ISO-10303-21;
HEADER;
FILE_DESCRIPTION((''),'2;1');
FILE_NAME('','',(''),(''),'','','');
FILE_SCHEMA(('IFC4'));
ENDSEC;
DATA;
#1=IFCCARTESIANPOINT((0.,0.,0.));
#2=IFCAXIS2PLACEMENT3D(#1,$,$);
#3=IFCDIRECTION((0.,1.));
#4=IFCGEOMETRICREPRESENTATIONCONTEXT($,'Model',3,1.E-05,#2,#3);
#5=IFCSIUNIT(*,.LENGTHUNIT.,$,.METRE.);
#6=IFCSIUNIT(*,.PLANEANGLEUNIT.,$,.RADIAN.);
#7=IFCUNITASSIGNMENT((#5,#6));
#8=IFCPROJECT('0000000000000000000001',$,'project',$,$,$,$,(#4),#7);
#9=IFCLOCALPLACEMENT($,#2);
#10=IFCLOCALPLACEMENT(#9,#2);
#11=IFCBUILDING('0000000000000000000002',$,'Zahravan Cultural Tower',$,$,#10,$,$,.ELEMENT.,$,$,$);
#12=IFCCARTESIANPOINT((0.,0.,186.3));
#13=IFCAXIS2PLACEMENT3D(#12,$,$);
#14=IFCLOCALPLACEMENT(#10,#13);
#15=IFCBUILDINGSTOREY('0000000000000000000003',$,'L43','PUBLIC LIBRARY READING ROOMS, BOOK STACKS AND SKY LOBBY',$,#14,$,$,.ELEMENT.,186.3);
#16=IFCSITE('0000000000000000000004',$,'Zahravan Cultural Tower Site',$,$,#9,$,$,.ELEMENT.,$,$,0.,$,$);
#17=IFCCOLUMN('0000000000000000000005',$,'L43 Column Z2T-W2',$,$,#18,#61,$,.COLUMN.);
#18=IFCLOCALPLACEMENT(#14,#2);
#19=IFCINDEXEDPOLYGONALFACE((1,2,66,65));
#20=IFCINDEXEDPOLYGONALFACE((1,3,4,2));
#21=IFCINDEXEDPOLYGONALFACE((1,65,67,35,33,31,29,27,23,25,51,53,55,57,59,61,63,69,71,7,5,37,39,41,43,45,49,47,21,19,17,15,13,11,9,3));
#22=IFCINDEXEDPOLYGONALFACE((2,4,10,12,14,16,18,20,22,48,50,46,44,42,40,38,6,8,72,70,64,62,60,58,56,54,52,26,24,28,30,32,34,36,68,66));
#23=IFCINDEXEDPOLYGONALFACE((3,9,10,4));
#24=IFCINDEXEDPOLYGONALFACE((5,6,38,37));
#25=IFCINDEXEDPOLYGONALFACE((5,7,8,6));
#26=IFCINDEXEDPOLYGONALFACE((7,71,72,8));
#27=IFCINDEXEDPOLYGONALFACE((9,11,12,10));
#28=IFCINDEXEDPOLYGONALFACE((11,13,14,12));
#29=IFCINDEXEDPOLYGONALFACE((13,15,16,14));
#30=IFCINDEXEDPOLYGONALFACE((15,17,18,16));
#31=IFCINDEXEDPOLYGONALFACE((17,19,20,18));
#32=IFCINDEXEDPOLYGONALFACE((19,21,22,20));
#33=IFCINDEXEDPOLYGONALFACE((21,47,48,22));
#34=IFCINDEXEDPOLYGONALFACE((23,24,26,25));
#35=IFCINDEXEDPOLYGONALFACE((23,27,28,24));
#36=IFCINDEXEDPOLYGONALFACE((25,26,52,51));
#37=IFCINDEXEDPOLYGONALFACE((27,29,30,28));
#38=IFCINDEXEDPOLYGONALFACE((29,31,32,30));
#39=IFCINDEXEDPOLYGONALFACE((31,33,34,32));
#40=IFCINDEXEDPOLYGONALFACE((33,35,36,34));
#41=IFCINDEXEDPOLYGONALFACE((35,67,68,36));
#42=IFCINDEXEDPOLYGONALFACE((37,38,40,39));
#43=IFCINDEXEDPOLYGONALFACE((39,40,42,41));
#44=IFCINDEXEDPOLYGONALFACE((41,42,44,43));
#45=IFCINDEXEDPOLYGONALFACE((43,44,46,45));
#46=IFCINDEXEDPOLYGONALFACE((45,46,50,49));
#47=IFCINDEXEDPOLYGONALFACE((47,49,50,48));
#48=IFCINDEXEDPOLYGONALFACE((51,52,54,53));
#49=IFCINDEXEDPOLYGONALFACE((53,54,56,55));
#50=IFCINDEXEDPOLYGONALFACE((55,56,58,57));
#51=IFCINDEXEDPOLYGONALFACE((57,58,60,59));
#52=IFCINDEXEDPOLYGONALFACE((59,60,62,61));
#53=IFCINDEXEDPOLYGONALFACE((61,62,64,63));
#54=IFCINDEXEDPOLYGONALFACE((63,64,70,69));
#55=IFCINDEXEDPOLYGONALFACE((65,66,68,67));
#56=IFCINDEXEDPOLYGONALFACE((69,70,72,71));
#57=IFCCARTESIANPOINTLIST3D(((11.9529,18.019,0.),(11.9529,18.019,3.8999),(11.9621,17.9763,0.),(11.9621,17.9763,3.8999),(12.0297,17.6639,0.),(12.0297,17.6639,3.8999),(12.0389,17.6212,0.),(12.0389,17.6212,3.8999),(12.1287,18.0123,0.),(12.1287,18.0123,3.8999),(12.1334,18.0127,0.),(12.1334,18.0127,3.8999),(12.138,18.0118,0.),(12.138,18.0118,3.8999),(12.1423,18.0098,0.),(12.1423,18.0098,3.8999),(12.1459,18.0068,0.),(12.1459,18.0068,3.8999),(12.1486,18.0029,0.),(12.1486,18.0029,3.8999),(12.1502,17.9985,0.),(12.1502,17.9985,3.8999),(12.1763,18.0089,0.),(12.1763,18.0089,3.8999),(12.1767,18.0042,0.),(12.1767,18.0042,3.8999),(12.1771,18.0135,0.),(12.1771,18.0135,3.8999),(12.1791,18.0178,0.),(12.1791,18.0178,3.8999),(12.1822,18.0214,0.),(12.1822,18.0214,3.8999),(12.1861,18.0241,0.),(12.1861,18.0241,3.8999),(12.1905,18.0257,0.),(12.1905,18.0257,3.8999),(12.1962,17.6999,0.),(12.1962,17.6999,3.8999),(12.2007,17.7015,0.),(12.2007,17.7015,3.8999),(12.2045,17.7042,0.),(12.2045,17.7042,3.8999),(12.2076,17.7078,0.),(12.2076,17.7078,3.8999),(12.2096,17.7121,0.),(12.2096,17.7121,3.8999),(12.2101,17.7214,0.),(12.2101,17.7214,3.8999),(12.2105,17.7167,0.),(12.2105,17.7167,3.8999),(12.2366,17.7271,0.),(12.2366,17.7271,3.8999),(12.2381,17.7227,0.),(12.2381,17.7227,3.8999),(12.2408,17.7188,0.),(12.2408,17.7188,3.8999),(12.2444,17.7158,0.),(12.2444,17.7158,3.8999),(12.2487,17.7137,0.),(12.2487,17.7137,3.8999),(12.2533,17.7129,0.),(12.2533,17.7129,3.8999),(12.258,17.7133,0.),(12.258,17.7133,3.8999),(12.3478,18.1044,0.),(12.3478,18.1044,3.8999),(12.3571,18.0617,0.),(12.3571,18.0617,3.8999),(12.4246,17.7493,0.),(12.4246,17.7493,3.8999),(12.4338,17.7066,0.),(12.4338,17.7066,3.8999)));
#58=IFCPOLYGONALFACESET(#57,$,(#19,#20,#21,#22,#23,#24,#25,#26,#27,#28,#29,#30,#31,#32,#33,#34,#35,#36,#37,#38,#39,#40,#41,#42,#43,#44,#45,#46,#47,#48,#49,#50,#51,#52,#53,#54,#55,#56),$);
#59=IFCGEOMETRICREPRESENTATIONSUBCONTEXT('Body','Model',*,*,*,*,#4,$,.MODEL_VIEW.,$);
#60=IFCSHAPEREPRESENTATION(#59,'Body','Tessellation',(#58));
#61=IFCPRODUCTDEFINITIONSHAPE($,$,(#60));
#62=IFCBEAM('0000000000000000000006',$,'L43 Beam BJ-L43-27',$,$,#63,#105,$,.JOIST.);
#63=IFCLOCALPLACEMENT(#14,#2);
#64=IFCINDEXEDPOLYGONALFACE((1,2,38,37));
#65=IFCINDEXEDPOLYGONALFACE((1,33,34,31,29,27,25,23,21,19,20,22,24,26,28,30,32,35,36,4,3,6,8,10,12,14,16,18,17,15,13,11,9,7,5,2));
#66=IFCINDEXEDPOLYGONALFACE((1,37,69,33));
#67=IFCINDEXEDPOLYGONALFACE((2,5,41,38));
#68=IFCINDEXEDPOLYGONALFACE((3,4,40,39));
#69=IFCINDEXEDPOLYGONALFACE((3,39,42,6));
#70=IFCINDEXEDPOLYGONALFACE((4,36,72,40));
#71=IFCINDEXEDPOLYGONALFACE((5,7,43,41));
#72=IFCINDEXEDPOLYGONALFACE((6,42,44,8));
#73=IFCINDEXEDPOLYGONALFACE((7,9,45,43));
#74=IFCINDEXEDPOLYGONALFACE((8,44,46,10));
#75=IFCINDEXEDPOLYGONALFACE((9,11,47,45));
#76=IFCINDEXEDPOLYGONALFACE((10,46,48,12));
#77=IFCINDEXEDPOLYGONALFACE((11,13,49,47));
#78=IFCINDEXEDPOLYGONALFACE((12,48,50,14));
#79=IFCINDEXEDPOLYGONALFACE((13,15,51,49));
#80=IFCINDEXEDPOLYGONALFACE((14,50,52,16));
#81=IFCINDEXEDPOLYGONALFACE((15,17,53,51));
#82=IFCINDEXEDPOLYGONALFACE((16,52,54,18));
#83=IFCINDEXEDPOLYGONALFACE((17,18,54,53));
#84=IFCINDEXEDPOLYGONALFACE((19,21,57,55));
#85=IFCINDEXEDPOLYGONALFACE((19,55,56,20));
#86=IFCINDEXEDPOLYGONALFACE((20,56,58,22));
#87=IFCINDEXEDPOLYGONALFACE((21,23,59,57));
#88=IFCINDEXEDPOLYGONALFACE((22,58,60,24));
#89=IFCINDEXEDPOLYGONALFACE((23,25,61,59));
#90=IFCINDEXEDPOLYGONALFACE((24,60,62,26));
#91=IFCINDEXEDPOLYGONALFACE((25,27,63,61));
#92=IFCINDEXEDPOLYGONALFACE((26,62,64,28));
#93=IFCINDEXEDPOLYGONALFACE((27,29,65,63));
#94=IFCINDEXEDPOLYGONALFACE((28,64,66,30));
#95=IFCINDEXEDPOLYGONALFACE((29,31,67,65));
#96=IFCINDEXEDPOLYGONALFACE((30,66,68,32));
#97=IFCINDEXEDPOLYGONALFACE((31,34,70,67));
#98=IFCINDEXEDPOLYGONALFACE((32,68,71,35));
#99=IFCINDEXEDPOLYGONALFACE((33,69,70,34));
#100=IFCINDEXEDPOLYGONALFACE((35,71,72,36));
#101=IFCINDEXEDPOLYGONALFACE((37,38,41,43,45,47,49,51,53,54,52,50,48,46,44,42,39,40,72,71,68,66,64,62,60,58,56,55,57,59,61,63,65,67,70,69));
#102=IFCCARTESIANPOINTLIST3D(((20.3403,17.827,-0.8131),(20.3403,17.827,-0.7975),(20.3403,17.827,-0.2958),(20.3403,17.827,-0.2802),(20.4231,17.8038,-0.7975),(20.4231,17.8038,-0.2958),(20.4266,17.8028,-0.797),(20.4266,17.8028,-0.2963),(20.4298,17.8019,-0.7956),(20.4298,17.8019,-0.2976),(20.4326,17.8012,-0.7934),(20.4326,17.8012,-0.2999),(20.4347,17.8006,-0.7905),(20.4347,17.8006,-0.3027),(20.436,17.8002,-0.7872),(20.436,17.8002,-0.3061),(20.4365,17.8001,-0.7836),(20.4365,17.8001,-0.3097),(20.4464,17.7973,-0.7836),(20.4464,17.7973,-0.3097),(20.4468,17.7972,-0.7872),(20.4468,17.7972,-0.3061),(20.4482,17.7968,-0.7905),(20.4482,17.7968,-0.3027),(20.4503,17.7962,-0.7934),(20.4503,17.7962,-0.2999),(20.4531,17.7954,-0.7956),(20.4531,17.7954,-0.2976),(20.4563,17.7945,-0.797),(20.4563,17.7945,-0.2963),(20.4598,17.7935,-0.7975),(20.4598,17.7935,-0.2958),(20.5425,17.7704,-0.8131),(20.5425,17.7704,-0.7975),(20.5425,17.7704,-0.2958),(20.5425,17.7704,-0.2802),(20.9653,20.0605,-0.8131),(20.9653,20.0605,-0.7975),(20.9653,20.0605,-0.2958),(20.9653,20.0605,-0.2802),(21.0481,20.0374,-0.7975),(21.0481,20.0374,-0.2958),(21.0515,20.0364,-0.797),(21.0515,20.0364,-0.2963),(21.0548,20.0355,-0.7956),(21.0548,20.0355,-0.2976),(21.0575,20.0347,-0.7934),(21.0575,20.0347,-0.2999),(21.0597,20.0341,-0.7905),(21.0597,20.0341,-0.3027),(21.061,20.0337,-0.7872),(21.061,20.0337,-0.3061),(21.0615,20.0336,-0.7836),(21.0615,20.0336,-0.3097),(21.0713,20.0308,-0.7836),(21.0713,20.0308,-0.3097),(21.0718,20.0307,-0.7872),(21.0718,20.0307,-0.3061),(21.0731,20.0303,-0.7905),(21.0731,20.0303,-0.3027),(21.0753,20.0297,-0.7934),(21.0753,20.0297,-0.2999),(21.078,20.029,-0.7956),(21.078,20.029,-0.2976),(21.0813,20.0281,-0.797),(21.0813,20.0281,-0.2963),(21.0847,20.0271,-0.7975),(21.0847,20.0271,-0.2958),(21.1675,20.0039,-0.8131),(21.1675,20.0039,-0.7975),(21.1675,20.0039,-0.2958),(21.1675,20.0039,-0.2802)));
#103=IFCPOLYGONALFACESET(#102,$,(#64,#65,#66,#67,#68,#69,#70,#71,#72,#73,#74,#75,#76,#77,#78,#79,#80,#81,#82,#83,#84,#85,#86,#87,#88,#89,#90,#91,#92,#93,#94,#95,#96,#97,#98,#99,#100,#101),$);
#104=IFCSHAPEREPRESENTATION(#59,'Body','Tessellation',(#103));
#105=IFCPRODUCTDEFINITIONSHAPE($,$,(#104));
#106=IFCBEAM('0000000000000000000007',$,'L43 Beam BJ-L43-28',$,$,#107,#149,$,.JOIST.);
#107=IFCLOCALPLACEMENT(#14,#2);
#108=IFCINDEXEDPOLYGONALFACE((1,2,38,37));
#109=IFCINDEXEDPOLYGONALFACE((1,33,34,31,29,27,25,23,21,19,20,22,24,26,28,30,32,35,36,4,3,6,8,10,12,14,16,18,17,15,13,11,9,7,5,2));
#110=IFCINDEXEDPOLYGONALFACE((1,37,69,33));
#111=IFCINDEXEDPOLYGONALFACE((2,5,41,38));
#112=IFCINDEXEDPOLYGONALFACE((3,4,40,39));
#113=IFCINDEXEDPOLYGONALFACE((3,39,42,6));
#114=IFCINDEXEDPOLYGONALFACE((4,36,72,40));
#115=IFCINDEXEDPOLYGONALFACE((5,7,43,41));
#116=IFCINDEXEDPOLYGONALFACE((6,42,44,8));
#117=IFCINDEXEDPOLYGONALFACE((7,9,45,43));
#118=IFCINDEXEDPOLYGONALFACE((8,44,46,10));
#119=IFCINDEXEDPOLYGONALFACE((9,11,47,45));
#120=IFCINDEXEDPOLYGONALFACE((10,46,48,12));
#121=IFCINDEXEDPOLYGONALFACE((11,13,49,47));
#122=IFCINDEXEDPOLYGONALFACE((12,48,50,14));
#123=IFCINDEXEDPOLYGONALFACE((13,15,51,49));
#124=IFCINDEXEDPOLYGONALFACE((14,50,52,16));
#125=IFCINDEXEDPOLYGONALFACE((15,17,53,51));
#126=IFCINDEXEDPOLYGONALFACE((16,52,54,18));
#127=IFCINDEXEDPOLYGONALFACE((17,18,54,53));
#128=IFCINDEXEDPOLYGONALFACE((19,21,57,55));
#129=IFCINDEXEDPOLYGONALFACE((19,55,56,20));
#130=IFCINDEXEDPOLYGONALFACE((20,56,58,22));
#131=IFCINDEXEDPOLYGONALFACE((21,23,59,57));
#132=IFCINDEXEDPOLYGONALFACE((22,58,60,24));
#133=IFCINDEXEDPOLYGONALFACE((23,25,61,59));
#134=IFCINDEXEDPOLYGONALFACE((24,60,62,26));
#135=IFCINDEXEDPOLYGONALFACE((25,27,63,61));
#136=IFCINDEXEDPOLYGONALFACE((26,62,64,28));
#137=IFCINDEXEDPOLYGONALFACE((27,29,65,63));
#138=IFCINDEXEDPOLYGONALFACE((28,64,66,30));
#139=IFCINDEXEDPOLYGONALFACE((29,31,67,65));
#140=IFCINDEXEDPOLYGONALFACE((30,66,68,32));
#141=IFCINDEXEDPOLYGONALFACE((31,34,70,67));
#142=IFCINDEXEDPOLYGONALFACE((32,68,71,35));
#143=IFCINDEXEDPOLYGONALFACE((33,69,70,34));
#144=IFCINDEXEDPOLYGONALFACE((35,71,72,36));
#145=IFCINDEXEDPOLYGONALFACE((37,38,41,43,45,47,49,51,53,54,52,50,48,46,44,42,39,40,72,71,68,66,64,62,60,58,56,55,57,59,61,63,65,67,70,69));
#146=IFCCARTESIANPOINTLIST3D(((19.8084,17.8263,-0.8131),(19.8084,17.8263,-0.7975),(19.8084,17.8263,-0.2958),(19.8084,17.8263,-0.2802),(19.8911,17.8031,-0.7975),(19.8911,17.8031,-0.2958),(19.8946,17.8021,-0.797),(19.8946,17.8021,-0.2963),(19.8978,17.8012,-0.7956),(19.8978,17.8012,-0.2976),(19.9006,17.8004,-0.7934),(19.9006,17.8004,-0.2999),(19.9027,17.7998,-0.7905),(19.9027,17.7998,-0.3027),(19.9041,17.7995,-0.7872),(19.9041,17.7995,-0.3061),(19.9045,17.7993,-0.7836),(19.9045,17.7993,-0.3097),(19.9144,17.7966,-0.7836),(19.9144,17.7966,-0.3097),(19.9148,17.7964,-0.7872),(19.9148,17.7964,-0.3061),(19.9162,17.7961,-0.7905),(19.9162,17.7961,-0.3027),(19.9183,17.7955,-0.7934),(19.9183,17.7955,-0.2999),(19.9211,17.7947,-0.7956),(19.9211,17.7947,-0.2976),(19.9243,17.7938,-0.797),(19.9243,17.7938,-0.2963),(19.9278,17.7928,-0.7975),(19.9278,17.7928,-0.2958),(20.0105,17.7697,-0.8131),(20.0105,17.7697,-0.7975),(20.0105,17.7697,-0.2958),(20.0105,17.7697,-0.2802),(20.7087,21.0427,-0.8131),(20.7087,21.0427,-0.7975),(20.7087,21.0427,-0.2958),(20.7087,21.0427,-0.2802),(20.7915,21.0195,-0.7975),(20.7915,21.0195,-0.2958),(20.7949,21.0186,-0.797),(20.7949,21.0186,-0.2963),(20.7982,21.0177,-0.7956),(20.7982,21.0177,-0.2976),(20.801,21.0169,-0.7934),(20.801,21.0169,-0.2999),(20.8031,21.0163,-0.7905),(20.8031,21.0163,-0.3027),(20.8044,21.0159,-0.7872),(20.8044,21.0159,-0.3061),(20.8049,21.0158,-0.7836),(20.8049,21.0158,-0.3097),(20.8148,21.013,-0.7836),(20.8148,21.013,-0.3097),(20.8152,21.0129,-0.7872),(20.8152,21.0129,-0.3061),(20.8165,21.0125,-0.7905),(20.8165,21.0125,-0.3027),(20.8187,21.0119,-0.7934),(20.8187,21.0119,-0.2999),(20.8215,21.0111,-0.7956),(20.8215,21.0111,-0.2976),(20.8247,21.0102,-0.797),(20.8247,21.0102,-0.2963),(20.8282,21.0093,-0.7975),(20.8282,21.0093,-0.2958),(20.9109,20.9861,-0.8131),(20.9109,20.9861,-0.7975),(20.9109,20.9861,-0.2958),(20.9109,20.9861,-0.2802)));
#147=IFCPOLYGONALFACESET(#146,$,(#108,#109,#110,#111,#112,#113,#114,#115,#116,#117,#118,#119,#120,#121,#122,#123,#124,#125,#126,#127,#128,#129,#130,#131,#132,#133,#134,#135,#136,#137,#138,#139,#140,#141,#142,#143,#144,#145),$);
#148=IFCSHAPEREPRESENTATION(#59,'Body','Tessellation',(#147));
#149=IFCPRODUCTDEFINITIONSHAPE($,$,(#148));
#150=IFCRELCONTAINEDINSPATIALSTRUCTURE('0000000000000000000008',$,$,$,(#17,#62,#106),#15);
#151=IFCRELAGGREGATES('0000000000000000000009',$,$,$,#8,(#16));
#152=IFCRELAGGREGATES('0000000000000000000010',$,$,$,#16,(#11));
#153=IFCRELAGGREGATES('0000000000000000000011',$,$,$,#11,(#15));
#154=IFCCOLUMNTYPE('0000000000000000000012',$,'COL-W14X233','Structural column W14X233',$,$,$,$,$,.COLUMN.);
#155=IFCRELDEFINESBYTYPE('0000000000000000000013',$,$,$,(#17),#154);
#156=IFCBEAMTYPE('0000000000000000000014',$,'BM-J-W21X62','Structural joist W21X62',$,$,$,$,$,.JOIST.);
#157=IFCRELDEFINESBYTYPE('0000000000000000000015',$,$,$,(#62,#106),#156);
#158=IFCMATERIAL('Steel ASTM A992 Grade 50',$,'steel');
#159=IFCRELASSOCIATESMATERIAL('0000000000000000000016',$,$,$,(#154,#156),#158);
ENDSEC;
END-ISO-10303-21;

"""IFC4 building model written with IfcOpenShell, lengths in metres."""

from ifc_helpers import new_model, si_unit, direction, frame, origin, origin_2d, place, context, subcontext, project, spatial, i_section, extrude, source, transform, mapped, material, material_profile, profile_set, type_object, element, save


model = new_model("IFC4")

# Units and contexts
model_context = context("Model", 3, precision=1e-05, world=origin(), true_north=direction((0.0, 1.0)))
body_context = subcontext(model_context, "Body", "Model", "MODEL_VIEW")
ifc_project = project(units=[si_unit("LENGTHUNIT", "METRE"), si_unit("PLANEANGLEUNIT", "RADIAN")], contexts=[model_context])

# Site, building, storey
site_placement = place(None, origin())
site = spatial("IfcSite", under=ifc_project, at=site_placement, Name="Zahravan Cultural Tower Site", CompositionType="ELEMENT", RefElevation=0.0)
building_placement = place(site_placement, origin())
building = spatial("IfcBuilding", under=site, at=building_placement, Name="Zahravan Cultural Tower", CompositionType="ELEMENT")
storey_placement = place(building_placement, frame((0.0, 0.0, 186.3)))
storey = spatial("IfcBuildingStorey", under=building, at=storey_placement, Name="L43", Description="PUBLIC LIBRARY READING ROOMS, BOOK STACKS AND SKY LOBBY", CompositionType="ELEMENT", Elevation=186.3)

# Column
ifc_material_1 = material(Name="Steel ASTM A992 Grade 50", Category="steel")
ifc_material_profile_1 = material_profile(ifc_material_1, i_section(OverallWidth=0.4041, OverallDepth=0.407, WebThickness=0.0271, FlangeThickness=0.0437, FilletRadius=0.0181, at=origin_2d()), Name="W14X233")
ifc_profile_set_1 = profile_set([ifc_material_profile_1], Name="Steel ASTM A992 Grade 50")
column_type = type_object("IfcColumnType", Name="COL-W14X233", Description="Structural column W14X233", PredefinedType="COLUMN", material=ifc_profile_set_1)
shared_shape_1 = source(origin(), body_context, "Body", "SweptSolid", [
    extrude(i_section(OverallWidth=0.4041, OverallDepth=0.407, WebThickness=0.0271, FlangeThickness=0.0437, FilletRadius=0.0181, at=origin_2d()), origin(), (0.0, 0.0, 1.0), 3.8999),
])
column_placement = place(storey_placement, frame((12.1934, 17.8628, 0.0), z_axis=(0.0, 0.0, 1.0), x_axis=(0.977416, 0.211325, 0.0)))
element("IfcColumn", 1, at=column_placement, inside=storey, type_object=column_type, Name="L43 Column Z2T-W2", PredefinedType="COLUMN", context=body_context, shape_type="MappedRepresentation", body=[
    mapped(shared_shape_1, transform((0.0, 0.0, 0.0), x_axis=(1.0, 0.0, 0.0), y_axis=(0.0, 1.0, 0.0), z_axis=(0.0, 0.0, 1.0), scale=1.0)),
])

# Beams
ifc_material_profile_2 = material_profile(ifc_material_1, i_section(OverallWidth=0.21, OverallDepth=0.533, WebThickness=0.0103, FlangeThickness=0.0156, FilletRadius=0.0139, at=origin_2d()), Name="W21X62")
ifc_profile_set_2 = profile_set([ifc_material_profile_2], Name="Steel ASTM A992 Grade 50")
beam_type = type_object("IfcBeamType", Name="BM-J-W21X62", Description="Structural joist W21X62", PredefinedType="JOIST", material=ifc_profile_set_2)
shared_shape_2 = source(origin(), body_context, "Body", "SweptSolid", [
    extrude(i_section(OverallWidth=0.21, OverallDepth=0.533, WebThickness=0.0103, FlangeThickness=0.0156, FilletRadius=0.0139, at=origin_2d()), origin(), (0.0, 0.0, 1.0), 2.3193),
])
beam_1_placement = place(storey_placement, frame((21.0664, 20.0322, -0.5466), z_axis=(-0.269462, -0.963011, 0.0), x_axis=(0.963011, -0.269462, 0.0)))
element("IfcBeam", 2, at=beam_1_placement, inside=storey, type_object=beam_type, Name="L43 Beam BJ-L43-27", PredefinedType="JOIST", context=body_context, shape_type="MappedRepresentation", body=[
    mapped(shared_shape_2, transform((0.0, 0.0, 0.0), x_axis=(1.0, 0.0, 0.0), y_axis=(0.0, 1.0, 0.0), z_axis=(0.0, 0.0, 1.0), scale=1.0)),
])
shared_shape_3 = source(origin(), body_context, "Body", "SweptSolid", [
    extrude(i_section(OverallWidth=0.21, OverallDepth=0.533, WebThickness=0.0103, FlangeThickness=0.0156, FilletRadius=0.0139, at=origin_2d()), origin(), (0.0, 0.0, 1.0), 3.3401),
])
beam_2_placement = place(storey_placement, frame((20.8098, 21.0144, -0.5466), z_axis=(-0.269562, -0.962983, 0.0), x_axis=(0.962983, -0.269562, 0.0)))
element("IfcBeam", 3, at=beam_2_placement, inside=storey, type_object=beam_type, Name="L43 Beam BJ-L43-28", PredefinedType="JOIST", context=body_context, shape_type="MappedRepresentation", body=[
    mapped(shared_shape_3, transform((0.0, 0.0, 0.0), x_axis=(1.0, 0.0, 0.0), y_axis=(0.0, 1.0, 0.0), z_axis=(0.0, 0.0, 1.0), scale=1.0)),
])

save(model, "model.ifc")
